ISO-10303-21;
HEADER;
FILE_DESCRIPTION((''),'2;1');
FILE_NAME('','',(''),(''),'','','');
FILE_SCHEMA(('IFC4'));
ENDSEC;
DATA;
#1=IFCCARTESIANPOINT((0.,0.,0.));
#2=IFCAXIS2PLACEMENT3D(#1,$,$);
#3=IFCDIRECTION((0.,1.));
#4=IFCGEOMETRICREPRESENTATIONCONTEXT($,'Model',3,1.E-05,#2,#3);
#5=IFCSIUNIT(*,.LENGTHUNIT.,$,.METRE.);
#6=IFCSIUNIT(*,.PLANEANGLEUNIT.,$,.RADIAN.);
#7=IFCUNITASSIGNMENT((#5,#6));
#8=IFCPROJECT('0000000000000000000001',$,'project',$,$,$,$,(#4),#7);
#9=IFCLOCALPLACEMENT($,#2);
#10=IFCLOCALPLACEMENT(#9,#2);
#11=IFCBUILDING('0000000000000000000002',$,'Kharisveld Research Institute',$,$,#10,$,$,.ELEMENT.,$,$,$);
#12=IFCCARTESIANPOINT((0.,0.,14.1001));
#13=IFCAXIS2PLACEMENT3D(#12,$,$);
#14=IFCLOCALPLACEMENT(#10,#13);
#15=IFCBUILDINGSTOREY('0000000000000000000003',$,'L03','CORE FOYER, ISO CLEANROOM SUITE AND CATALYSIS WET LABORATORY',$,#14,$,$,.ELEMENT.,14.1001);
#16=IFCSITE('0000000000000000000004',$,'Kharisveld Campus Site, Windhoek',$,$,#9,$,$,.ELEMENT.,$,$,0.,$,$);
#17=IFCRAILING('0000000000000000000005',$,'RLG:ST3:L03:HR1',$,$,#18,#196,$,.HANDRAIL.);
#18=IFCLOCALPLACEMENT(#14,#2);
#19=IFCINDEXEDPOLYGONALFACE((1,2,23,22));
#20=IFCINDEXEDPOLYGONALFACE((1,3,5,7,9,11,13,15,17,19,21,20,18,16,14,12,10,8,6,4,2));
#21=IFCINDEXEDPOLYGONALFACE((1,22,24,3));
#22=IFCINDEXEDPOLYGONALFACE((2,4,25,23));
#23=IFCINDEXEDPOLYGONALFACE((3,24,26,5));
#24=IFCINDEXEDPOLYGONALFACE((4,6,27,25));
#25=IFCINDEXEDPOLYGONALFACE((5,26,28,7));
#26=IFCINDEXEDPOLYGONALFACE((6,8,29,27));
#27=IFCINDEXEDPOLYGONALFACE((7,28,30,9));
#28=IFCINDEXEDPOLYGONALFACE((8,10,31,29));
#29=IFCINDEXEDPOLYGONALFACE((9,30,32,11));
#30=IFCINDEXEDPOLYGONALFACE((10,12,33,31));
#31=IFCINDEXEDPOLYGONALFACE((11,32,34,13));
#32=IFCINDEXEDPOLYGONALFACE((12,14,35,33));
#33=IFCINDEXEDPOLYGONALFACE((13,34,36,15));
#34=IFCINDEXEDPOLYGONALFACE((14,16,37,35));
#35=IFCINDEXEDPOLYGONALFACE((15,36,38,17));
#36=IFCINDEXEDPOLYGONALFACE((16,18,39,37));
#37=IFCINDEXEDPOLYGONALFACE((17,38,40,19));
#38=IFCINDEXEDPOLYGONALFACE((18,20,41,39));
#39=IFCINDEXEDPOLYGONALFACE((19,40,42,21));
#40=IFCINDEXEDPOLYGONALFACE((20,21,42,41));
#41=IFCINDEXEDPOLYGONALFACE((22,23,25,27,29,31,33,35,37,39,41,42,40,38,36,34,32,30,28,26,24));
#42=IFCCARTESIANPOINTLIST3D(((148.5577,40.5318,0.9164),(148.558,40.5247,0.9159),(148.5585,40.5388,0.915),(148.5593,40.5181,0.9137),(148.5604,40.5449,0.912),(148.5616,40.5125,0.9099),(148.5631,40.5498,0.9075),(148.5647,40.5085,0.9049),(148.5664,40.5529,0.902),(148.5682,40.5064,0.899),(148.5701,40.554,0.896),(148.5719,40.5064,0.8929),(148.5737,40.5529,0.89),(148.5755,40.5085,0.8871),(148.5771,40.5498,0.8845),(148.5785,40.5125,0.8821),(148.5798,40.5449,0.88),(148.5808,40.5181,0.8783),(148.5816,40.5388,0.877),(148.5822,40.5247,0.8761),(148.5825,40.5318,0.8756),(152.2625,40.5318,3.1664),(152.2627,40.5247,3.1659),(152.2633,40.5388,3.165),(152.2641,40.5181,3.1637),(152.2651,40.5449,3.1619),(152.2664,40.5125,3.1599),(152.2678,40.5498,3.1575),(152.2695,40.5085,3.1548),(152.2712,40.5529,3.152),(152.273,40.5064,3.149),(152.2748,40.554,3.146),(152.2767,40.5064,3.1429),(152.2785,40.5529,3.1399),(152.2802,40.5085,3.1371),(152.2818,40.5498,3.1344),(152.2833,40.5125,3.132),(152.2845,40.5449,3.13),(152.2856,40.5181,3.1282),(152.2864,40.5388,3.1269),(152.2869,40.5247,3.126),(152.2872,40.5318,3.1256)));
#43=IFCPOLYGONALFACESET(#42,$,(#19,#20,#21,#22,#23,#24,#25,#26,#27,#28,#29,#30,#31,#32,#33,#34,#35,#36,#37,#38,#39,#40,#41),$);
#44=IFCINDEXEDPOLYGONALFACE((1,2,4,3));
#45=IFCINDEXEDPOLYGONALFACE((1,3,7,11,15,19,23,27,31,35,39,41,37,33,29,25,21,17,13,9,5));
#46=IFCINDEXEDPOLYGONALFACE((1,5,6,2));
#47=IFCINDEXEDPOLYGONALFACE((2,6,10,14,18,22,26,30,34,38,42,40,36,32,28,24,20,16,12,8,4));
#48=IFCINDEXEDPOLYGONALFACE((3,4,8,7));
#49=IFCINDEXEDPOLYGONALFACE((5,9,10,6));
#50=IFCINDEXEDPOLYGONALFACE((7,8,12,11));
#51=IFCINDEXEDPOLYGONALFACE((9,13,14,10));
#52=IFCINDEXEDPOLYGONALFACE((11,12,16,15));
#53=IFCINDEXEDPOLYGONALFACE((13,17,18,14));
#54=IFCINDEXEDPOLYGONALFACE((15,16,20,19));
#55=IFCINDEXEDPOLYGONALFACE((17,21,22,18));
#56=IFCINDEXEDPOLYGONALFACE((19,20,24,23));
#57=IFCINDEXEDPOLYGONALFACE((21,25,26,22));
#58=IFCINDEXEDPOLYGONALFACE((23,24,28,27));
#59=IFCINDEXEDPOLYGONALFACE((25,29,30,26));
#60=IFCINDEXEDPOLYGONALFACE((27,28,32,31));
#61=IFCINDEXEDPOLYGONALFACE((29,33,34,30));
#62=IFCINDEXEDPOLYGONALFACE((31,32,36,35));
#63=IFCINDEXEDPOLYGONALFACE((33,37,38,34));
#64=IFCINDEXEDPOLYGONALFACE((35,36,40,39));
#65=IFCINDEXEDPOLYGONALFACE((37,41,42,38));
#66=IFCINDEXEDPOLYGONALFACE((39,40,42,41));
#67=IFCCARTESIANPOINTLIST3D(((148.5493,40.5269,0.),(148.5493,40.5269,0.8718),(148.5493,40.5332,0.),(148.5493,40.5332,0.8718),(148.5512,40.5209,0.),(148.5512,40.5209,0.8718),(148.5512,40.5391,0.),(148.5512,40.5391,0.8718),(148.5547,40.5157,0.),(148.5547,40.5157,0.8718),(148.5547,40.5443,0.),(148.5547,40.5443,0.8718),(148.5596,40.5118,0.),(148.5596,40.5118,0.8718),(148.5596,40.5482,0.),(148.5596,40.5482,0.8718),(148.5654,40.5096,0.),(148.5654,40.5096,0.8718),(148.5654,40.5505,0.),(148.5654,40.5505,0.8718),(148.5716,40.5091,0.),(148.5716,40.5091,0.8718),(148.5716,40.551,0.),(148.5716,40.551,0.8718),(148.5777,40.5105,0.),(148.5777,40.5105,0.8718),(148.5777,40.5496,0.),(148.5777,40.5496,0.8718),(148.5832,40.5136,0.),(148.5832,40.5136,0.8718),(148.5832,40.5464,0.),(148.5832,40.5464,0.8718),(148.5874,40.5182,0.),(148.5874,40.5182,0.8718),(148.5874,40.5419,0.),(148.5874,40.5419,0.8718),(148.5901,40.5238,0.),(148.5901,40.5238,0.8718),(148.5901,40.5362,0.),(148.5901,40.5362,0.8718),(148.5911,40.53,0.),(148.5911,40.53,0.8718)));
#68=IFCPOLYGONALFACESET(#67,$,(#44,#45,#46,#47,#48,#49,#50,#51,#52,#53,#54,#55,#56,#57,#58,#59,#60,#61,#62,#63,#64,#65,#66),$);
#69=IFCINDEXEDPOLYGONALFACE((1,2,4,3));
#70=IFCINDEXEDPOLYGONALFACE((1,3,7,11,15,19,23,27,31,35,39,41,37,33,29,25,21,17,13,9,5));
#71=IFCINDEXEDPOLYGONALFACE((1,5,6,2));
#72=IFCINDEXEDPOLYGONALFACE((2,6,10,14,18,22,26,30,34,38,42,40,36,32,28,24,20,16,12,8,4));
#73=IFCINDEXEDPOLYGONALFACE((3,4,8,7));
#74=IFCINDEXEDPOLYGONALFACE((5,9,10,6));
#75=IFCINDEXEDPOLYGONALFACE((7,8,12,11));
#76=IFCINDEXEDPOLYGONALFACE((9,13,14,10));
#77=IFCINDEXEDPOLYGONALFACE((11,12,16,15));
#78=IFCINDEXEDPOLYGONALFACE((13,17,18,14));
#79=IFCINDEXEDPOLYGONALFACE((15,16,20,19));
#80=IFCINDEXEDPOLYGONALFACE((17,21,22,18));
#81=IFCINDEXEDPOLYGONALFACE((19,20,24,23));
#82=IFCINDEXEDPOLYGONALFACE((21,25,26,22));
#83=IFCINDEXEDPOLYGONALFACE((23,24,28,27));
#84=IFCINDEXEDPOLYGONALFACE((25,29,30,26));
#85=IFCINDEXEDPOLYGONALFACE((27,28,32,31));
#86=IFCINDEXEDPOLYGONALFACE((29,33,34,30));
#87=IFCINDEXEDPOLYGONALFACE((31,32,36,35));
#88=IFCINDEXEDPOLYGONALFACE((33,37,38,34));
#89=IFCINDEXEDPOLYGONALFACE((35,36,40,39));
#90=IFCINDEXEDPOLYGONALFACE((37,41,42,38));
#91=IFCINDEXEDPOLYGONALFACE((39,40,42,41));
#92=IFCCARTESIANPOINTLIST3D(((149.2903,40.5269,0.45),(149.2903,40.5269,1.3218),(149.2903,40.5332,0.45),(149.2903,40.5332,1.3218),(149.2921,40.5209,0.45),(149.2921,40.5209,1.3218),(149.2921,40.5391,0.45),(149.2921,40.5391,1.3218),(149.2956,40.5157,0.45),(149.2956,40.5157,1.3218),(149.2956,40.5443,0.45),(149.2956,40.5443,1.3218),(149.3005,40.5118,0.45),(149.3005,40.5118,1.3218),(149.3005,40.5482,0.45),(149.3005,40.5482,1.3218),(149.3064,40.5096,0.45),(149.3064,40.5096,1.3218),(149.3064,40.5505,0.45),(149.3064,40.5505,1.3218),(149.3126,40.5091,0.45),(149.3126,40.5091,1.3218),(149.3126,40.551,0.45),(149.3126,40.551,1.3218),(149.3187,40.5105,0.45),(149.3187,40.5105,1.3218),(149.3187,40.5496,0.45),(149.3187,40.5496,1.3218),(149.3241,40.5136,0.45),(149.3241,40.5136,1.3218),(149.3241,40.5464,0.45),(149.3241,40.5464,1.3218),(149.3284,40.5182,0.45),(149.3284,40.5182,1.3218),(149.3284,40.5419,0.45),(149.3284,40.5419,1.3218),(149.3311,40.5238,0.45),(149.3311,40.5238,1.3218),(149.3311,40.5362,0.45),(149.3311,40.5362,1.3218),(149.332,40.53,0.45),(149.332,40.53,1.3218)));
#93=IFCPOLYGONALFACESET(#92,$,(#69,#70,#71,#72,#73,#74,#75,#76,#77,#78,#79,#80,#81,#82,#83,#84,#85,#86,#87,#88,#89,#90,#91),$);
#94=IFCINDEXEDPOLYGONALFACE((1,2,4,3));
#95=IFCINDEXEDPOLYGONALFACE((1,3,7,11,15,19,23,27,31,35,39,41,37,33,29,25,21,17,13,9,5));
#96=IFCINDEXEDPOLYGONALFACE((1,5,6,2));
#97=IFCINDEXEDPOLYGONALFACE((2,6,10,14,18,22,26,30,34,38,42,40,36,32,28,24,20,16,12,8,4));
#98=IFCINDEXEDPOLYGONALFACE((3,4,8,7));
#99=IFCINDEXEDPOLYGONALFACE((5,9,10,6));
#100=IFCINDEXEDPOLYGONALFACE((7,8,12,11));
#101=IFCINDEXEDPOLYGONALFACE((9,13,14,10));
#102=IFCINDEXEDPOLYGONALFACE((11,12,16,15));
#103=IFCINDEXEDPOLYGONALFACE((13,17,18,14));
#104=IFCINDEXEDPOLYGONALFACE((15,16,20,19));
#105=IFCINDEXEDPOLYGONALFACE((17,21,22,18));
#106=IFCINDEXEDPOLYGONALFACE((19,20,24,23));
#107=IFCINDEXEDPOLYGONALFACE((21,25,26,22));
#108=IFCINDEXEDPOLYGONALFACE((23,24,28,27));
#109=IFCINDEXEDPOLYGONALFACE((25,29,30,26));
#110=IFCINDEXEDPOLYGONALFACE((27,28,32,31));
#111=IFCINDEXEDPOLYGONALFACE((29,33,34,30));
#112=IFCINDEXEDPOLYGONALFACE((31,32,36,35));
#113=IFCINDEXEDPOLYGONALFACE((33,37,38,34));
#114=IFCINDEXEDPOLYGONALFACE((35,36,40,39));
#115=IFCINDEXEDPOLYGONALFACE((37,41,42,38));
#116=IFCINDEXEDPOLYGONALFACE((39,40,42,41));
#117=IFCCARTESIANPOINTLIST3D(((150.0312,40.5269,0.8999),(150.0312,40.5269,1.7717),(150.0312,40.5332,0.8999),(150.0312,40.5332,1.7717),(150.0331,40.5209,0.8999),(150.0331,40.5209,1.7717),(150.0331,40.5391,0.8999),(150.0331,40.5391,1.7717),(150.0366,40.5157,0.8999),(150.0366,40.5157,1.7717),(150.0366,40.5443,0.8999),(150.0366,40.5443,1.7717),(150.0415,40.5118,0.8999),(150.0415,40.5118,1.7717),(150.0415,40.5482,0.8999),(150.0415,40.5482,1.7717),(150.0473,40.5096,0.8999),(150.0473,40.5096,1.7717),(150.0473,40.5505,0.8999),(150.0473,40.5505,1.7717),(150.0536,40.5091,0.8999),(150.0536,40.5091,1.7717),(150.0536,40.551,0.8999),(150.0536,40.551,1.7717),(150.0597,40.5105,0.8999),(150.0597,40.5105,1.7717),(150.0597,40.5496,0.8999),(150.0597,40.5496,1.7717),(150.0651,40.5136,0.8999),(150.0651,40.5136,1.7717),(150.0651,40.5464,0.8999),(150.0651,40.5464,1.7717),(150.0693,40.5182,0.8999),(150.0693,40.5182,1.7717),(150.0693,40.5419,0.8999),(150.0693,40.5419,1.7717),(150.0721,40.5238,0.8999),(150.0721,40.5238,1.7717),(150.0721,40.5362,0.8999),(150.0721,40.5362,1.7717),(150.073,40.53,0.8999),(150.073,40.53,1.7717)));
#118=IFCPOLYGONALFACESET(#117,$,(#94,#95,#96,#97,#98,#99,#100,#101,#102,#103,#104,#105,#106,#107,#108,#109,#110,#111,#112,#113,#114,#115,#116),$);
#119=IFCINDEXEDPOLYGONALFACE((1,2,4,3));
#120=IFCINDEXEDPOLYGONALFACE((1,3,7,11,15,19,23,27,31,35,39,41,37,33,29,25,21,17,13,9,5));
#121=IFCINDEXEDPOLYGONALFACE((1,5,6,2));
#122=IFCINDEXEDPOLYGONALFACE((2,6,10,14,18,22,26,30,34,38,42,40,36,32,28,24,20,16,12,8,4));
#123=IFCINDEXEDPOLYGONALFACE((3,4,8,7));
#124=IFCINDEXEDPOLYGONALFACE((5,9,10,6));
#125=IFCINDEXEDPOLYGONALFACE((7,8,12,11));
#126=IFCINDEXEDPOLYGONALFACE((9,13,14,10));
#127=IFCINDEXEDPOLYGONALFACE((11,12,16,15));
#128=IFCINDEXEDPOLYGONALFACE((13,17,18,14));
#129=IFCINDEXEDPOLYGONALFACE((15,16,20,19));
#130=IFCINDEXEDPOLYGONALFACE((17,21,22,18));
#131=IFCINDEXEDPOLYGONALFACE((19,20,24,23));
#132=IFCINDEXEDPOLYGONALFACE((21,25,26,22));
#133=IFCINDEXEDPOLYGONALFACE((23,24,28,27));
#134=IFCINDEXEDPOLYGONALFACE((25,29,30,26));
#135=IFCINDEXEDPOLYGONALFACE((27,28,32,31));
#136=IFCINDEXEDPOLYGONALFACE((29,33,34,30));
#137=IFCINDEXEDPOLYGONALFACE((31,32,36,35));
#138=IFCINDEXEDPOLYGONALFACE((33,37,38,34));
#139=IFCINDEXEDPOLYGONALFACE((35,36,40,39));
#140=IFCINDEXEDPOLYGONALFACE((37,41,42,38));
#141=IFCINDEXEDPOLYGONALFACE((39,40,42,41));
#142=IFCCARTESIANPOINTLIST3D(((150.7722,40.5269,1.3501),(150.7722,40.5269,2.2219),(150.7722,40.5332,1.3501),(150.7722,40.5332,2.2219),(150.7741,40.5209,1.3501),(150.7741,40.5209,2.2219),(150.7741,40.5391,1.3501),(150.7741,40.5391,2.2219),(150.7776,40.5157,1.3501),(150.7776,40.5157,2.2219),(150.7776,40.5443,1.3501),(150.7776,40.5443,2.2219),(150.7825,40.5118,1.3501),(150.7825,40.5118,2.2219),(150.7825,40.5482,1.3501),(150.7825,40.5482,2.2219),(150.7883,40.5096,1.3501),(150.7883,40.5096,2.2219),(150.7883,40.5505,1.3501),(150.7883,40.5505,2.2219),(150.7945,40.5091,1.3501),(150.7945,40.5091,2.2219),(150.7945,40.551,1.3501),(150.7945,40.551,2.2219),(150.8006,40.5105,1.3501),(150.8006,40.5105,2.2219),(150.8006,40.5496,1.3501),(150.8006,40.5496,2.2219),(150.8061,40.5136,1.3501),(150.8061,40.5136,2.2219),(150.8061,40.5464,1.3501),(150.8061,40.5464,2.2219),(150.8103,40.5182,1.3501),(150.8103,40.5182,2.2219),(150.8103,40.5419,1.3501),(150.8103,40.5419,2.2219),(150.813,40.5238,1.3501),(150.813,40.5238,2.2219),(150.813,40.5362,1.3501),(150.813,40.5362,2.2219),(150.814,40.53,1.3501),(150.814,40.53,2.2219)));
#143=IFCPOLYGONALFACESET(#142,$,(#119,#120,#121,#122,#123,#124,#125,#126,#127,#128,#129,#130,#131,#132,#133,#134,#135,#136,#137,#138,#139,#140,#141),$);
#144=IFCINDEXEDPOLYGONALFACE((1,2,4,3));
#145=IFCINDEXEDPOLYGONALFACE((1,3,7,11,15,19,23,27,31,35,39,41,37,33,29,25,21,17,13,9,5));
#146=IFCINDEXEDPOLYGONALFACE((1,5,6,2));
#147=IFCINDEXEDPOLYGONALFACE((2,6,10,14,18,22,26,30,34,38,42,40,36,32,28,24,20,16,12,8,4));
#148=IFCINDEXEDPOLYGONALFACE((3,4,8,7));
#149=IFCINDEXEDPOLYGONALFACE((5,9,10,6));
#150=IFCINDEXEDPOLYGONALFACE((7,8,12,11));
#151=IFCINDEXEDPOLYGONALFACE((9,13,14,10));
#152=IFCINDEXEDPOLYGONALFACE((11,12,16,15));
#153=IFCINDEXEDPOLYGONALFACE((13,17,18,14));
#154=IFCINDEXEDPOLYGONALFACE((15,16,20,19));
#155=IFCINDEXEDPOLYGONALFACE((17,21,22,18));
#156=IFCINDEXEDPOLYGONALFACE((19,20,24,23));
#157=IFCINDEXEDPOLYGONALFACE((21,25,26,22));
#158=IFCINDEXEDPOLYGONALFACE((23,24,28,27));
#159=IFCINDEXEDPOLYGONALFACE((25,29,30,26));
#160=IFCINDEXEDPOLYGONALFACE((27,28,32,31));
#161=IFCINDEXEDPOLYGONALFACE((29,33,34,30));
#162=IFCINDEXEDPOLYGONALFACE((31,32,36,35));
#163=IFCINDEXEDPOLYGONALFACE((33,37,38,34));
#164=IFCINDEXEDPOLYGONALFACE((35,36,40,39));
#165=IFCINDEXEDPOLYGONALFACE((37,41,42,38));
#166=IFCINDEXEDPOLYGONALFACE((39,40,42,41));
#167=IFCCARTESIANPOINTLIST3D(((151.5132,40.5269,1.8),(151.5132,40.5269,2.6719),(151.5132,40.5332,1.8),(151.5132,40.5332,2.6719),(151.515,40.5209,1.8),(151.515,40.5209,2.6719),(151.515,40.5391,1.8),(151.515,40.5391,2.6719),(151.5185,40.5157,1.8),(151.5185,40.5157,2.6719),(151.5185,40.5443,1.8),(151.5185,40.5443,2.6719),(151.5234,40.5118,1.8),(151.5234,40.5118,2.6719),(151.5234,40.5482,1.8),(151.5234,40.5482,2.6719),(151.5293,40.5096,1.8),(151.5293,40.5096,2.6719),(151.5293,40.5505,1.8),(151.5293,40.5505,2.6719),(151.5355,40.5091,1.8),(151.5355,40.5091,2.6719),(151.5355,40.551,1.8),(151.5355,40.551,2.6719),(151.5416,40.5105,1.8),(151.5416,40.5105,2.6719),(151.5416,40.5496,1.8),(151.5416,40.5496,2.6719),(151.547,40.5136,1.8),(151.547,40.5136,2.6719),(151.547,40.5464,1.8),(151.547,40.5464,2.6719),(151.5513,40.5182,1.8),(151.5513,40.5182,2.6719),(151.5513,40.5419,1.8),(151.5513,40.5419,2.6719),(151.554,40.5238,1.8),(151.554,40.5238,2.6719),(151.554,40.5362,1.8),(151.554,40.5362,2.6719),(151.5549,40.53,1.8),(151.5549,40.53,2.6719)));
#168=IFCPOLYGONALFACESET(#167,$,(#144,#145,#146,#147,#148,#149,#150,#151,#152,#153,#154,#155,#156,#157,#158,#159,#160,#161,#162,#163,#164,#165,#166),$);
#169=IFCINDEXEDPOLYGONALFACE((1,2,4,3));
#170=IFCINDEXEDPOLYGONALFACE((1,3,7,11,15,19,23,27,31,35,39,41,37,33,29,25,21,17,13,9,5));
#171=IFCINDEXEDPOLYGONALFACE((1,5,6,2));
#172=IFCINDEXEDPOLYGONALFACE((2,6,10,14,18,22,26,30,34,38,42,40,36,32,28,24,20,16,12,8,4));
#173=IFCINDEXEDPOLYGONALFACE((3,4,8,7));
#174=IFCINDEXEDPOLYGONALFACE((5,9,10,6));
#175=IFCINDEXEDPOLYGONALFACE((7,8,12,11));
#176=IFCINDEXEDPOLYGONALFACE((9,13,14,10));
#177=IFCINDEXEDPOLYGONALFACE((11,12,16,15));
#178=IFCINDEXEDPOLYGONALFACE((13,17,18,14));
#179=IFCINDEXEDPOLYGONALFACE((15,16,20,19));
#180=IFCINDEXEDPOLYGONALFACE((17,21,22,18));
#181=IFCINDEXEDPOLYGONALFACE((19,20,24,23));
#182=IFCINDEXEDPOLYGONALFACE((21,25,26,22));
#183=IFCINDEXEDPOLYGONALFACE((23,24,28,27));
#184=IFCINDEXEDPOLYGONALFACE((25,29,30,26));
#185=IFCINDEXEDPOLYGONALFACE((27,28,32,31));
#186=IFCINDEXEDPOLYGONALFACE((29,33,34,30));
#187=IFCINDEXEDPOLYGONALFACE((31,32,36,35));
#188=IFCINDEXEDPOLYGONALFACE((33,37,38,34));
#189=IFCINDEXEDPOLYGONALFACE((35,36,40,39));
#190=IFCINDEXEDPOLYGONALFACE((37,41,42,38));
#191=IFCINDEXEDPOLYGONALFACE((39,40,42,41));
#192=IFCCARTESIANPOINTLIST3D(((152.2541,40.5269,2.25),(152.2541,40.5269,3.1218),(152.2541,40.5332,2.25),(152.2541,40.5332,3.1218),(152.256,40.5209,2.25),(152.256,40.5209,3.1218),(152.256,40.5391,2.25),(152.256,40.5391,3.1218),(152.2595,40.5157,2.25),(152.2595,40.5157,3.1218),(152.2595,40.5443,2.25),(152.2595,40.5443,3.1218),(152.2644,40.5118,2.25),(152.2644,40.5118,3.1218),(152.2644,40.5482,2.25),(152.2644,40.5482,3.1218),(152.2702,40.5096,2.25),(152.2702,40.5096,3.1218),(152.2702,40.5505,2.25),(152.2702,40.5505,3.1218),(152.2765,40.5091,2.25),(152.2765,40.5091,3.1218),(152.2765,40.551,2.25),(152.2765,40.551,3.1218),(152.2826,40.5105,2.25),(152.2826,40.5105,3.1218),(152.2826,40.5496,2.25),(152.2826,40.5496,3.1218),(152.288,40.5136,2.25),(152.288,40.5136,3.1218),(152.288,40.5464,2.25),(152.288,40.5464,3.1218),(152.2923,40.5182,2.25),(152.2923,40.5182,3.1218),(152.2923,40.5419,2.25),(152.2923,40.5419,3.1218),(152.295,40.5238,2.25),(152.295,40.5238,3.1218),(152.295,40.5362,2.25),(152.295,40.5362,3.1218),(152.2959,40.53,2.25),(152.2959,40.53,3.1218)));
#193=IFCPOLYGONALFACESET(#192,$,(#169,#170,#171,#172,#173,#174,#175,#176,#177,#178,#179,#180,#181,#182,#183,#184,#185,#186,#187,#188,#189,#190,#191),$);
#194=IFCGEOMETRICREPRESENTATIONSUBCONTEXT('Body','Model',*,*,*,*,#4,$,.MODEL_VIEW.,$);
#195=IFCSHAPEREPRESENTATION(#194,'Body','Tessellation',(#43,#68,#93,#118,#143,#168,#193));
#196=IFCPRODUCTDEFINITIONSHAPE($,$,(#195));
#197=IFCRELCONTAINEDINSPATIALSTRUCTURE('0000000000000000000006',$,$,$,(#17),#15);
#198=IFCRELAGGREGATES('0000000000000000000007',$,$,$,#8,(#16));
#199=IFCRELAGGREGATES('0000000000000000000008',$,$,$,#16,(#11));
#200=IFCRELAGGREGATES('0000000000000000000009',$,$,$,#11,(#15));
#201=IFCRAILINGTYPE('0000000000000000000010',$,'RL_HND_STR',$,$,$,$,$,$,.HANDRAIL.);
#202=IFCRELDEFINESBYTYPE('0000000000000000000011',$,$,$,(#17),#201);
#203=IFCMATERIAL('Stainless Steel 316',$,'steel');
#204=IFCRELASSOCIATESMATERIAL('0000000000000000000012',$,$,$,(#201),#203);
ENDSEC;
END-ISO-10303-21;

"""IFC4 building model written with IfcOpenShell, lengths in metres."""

from ifc_helpers import new_model, si_unit, direction, frame, origin, origin_2d, place, context, subcontext, project, spatial, circle, extrude, material, type_object, element, save


model = new_model("IFC4")

# Units and contexts
model_context = context("Model", 3, precision=1e-05, world=origin(), true_north=direction((0.0, 1.0)))
body_context = subcontext(model_context, "Body", "Model", "MODEL_VIEW")
ifc_project = project(units=[si_unit("LENGTHUNIT", "METRE"), si_unit("PLANEANGLEUNIT", "RADIAN")], contexts=[model_context])

# Site, building, storey
site_placement = place(None, origin())
site = spatial("IfcSite", under=ifc_project, at=site_placement, Name="Kharisveld Campus Site, Windhoek", CompositionType="ELEMENT", RefElevation=0.0)
building_placement = place(site_placement, origin())
building = spatial("IfcBuilding", under=site, at=building_placement, Name="Kharisveld Research Institute", CompositionType="ELEMENT")
storey_placement = place(building_placement, frame((0.0, 0.0, 14.1001)))
storey = spatial("IfcBuildingStorey", under=building, at=storey_placement, Name="L03", Description="CORE FOYER, ISO CLEANROOM SUITE AND CATALYSIS WET LABORATORY", CompositionType="ELEMENT", Elevation=14.1001)

# Railing
ifc_material_1 = material(Name="Stainless Steel 316", Category="steel")
railing_type_1 = type_object("IfcRailingType", Name="RL_HND_STR", PredefinedType="HANDRAIL", material=ifc_material_1)
railing_1_placement = place(storey_placement, frame((148.5701, 40.53, 0.0)))
element("IfcRailing", 1, at=railing_1_placement, inside=storey, type_object=railing_type_1, Name="RLG:ST3:L03:HR1", PredefinedType="HANDRAIL", context=body_context, shape_type="SweptSolid", body=[
    extrude(circle(Radius=0.0239, at=origin_2d()), frame((0.0, 0.0, 0.896), z_axis=(0.854722, 0.0, 0.519085), x_axis=(0.0, 1.0, 0.0)), (0.0, 0.0, 1.0), 4.3345),
    extrude(circle(Radius=0.021, at=origin_2d()), origin(), (0.0, 0.0, 1.0), 0.8718),
    extrude(circle(Radius=0.021, at=origin_2d()), frame((0.741, 0.0, 0.45)), (0.0, 0.0, 1.0), 0.8718),
    extrude(circle(Radius=0.021, at=origin_2d()), frame((1.4819, 0.0, 0.8999)), (0.0, 0.0, 1.0), 0.8718),
    extrude(circle(Radius=0.021, at=origin_2d()), frame((2.2229, 0.0, 1.3501)), (0.0, 0.0, 1.0), 0.8718),
    extrude(circle(Radius=0.021, at=origin_2d()), frame((2.9639, 0.0, 1.8)), (0.0, 0.0, 1.0), 0.8718),
    extrude(circle(Radius=0.021, at=origin_2d()), frame((3.7048, 0.0, 2.25)), (0.0, 0.0, 1.0), 0.8718),
])

save(model, "model.ifc")
